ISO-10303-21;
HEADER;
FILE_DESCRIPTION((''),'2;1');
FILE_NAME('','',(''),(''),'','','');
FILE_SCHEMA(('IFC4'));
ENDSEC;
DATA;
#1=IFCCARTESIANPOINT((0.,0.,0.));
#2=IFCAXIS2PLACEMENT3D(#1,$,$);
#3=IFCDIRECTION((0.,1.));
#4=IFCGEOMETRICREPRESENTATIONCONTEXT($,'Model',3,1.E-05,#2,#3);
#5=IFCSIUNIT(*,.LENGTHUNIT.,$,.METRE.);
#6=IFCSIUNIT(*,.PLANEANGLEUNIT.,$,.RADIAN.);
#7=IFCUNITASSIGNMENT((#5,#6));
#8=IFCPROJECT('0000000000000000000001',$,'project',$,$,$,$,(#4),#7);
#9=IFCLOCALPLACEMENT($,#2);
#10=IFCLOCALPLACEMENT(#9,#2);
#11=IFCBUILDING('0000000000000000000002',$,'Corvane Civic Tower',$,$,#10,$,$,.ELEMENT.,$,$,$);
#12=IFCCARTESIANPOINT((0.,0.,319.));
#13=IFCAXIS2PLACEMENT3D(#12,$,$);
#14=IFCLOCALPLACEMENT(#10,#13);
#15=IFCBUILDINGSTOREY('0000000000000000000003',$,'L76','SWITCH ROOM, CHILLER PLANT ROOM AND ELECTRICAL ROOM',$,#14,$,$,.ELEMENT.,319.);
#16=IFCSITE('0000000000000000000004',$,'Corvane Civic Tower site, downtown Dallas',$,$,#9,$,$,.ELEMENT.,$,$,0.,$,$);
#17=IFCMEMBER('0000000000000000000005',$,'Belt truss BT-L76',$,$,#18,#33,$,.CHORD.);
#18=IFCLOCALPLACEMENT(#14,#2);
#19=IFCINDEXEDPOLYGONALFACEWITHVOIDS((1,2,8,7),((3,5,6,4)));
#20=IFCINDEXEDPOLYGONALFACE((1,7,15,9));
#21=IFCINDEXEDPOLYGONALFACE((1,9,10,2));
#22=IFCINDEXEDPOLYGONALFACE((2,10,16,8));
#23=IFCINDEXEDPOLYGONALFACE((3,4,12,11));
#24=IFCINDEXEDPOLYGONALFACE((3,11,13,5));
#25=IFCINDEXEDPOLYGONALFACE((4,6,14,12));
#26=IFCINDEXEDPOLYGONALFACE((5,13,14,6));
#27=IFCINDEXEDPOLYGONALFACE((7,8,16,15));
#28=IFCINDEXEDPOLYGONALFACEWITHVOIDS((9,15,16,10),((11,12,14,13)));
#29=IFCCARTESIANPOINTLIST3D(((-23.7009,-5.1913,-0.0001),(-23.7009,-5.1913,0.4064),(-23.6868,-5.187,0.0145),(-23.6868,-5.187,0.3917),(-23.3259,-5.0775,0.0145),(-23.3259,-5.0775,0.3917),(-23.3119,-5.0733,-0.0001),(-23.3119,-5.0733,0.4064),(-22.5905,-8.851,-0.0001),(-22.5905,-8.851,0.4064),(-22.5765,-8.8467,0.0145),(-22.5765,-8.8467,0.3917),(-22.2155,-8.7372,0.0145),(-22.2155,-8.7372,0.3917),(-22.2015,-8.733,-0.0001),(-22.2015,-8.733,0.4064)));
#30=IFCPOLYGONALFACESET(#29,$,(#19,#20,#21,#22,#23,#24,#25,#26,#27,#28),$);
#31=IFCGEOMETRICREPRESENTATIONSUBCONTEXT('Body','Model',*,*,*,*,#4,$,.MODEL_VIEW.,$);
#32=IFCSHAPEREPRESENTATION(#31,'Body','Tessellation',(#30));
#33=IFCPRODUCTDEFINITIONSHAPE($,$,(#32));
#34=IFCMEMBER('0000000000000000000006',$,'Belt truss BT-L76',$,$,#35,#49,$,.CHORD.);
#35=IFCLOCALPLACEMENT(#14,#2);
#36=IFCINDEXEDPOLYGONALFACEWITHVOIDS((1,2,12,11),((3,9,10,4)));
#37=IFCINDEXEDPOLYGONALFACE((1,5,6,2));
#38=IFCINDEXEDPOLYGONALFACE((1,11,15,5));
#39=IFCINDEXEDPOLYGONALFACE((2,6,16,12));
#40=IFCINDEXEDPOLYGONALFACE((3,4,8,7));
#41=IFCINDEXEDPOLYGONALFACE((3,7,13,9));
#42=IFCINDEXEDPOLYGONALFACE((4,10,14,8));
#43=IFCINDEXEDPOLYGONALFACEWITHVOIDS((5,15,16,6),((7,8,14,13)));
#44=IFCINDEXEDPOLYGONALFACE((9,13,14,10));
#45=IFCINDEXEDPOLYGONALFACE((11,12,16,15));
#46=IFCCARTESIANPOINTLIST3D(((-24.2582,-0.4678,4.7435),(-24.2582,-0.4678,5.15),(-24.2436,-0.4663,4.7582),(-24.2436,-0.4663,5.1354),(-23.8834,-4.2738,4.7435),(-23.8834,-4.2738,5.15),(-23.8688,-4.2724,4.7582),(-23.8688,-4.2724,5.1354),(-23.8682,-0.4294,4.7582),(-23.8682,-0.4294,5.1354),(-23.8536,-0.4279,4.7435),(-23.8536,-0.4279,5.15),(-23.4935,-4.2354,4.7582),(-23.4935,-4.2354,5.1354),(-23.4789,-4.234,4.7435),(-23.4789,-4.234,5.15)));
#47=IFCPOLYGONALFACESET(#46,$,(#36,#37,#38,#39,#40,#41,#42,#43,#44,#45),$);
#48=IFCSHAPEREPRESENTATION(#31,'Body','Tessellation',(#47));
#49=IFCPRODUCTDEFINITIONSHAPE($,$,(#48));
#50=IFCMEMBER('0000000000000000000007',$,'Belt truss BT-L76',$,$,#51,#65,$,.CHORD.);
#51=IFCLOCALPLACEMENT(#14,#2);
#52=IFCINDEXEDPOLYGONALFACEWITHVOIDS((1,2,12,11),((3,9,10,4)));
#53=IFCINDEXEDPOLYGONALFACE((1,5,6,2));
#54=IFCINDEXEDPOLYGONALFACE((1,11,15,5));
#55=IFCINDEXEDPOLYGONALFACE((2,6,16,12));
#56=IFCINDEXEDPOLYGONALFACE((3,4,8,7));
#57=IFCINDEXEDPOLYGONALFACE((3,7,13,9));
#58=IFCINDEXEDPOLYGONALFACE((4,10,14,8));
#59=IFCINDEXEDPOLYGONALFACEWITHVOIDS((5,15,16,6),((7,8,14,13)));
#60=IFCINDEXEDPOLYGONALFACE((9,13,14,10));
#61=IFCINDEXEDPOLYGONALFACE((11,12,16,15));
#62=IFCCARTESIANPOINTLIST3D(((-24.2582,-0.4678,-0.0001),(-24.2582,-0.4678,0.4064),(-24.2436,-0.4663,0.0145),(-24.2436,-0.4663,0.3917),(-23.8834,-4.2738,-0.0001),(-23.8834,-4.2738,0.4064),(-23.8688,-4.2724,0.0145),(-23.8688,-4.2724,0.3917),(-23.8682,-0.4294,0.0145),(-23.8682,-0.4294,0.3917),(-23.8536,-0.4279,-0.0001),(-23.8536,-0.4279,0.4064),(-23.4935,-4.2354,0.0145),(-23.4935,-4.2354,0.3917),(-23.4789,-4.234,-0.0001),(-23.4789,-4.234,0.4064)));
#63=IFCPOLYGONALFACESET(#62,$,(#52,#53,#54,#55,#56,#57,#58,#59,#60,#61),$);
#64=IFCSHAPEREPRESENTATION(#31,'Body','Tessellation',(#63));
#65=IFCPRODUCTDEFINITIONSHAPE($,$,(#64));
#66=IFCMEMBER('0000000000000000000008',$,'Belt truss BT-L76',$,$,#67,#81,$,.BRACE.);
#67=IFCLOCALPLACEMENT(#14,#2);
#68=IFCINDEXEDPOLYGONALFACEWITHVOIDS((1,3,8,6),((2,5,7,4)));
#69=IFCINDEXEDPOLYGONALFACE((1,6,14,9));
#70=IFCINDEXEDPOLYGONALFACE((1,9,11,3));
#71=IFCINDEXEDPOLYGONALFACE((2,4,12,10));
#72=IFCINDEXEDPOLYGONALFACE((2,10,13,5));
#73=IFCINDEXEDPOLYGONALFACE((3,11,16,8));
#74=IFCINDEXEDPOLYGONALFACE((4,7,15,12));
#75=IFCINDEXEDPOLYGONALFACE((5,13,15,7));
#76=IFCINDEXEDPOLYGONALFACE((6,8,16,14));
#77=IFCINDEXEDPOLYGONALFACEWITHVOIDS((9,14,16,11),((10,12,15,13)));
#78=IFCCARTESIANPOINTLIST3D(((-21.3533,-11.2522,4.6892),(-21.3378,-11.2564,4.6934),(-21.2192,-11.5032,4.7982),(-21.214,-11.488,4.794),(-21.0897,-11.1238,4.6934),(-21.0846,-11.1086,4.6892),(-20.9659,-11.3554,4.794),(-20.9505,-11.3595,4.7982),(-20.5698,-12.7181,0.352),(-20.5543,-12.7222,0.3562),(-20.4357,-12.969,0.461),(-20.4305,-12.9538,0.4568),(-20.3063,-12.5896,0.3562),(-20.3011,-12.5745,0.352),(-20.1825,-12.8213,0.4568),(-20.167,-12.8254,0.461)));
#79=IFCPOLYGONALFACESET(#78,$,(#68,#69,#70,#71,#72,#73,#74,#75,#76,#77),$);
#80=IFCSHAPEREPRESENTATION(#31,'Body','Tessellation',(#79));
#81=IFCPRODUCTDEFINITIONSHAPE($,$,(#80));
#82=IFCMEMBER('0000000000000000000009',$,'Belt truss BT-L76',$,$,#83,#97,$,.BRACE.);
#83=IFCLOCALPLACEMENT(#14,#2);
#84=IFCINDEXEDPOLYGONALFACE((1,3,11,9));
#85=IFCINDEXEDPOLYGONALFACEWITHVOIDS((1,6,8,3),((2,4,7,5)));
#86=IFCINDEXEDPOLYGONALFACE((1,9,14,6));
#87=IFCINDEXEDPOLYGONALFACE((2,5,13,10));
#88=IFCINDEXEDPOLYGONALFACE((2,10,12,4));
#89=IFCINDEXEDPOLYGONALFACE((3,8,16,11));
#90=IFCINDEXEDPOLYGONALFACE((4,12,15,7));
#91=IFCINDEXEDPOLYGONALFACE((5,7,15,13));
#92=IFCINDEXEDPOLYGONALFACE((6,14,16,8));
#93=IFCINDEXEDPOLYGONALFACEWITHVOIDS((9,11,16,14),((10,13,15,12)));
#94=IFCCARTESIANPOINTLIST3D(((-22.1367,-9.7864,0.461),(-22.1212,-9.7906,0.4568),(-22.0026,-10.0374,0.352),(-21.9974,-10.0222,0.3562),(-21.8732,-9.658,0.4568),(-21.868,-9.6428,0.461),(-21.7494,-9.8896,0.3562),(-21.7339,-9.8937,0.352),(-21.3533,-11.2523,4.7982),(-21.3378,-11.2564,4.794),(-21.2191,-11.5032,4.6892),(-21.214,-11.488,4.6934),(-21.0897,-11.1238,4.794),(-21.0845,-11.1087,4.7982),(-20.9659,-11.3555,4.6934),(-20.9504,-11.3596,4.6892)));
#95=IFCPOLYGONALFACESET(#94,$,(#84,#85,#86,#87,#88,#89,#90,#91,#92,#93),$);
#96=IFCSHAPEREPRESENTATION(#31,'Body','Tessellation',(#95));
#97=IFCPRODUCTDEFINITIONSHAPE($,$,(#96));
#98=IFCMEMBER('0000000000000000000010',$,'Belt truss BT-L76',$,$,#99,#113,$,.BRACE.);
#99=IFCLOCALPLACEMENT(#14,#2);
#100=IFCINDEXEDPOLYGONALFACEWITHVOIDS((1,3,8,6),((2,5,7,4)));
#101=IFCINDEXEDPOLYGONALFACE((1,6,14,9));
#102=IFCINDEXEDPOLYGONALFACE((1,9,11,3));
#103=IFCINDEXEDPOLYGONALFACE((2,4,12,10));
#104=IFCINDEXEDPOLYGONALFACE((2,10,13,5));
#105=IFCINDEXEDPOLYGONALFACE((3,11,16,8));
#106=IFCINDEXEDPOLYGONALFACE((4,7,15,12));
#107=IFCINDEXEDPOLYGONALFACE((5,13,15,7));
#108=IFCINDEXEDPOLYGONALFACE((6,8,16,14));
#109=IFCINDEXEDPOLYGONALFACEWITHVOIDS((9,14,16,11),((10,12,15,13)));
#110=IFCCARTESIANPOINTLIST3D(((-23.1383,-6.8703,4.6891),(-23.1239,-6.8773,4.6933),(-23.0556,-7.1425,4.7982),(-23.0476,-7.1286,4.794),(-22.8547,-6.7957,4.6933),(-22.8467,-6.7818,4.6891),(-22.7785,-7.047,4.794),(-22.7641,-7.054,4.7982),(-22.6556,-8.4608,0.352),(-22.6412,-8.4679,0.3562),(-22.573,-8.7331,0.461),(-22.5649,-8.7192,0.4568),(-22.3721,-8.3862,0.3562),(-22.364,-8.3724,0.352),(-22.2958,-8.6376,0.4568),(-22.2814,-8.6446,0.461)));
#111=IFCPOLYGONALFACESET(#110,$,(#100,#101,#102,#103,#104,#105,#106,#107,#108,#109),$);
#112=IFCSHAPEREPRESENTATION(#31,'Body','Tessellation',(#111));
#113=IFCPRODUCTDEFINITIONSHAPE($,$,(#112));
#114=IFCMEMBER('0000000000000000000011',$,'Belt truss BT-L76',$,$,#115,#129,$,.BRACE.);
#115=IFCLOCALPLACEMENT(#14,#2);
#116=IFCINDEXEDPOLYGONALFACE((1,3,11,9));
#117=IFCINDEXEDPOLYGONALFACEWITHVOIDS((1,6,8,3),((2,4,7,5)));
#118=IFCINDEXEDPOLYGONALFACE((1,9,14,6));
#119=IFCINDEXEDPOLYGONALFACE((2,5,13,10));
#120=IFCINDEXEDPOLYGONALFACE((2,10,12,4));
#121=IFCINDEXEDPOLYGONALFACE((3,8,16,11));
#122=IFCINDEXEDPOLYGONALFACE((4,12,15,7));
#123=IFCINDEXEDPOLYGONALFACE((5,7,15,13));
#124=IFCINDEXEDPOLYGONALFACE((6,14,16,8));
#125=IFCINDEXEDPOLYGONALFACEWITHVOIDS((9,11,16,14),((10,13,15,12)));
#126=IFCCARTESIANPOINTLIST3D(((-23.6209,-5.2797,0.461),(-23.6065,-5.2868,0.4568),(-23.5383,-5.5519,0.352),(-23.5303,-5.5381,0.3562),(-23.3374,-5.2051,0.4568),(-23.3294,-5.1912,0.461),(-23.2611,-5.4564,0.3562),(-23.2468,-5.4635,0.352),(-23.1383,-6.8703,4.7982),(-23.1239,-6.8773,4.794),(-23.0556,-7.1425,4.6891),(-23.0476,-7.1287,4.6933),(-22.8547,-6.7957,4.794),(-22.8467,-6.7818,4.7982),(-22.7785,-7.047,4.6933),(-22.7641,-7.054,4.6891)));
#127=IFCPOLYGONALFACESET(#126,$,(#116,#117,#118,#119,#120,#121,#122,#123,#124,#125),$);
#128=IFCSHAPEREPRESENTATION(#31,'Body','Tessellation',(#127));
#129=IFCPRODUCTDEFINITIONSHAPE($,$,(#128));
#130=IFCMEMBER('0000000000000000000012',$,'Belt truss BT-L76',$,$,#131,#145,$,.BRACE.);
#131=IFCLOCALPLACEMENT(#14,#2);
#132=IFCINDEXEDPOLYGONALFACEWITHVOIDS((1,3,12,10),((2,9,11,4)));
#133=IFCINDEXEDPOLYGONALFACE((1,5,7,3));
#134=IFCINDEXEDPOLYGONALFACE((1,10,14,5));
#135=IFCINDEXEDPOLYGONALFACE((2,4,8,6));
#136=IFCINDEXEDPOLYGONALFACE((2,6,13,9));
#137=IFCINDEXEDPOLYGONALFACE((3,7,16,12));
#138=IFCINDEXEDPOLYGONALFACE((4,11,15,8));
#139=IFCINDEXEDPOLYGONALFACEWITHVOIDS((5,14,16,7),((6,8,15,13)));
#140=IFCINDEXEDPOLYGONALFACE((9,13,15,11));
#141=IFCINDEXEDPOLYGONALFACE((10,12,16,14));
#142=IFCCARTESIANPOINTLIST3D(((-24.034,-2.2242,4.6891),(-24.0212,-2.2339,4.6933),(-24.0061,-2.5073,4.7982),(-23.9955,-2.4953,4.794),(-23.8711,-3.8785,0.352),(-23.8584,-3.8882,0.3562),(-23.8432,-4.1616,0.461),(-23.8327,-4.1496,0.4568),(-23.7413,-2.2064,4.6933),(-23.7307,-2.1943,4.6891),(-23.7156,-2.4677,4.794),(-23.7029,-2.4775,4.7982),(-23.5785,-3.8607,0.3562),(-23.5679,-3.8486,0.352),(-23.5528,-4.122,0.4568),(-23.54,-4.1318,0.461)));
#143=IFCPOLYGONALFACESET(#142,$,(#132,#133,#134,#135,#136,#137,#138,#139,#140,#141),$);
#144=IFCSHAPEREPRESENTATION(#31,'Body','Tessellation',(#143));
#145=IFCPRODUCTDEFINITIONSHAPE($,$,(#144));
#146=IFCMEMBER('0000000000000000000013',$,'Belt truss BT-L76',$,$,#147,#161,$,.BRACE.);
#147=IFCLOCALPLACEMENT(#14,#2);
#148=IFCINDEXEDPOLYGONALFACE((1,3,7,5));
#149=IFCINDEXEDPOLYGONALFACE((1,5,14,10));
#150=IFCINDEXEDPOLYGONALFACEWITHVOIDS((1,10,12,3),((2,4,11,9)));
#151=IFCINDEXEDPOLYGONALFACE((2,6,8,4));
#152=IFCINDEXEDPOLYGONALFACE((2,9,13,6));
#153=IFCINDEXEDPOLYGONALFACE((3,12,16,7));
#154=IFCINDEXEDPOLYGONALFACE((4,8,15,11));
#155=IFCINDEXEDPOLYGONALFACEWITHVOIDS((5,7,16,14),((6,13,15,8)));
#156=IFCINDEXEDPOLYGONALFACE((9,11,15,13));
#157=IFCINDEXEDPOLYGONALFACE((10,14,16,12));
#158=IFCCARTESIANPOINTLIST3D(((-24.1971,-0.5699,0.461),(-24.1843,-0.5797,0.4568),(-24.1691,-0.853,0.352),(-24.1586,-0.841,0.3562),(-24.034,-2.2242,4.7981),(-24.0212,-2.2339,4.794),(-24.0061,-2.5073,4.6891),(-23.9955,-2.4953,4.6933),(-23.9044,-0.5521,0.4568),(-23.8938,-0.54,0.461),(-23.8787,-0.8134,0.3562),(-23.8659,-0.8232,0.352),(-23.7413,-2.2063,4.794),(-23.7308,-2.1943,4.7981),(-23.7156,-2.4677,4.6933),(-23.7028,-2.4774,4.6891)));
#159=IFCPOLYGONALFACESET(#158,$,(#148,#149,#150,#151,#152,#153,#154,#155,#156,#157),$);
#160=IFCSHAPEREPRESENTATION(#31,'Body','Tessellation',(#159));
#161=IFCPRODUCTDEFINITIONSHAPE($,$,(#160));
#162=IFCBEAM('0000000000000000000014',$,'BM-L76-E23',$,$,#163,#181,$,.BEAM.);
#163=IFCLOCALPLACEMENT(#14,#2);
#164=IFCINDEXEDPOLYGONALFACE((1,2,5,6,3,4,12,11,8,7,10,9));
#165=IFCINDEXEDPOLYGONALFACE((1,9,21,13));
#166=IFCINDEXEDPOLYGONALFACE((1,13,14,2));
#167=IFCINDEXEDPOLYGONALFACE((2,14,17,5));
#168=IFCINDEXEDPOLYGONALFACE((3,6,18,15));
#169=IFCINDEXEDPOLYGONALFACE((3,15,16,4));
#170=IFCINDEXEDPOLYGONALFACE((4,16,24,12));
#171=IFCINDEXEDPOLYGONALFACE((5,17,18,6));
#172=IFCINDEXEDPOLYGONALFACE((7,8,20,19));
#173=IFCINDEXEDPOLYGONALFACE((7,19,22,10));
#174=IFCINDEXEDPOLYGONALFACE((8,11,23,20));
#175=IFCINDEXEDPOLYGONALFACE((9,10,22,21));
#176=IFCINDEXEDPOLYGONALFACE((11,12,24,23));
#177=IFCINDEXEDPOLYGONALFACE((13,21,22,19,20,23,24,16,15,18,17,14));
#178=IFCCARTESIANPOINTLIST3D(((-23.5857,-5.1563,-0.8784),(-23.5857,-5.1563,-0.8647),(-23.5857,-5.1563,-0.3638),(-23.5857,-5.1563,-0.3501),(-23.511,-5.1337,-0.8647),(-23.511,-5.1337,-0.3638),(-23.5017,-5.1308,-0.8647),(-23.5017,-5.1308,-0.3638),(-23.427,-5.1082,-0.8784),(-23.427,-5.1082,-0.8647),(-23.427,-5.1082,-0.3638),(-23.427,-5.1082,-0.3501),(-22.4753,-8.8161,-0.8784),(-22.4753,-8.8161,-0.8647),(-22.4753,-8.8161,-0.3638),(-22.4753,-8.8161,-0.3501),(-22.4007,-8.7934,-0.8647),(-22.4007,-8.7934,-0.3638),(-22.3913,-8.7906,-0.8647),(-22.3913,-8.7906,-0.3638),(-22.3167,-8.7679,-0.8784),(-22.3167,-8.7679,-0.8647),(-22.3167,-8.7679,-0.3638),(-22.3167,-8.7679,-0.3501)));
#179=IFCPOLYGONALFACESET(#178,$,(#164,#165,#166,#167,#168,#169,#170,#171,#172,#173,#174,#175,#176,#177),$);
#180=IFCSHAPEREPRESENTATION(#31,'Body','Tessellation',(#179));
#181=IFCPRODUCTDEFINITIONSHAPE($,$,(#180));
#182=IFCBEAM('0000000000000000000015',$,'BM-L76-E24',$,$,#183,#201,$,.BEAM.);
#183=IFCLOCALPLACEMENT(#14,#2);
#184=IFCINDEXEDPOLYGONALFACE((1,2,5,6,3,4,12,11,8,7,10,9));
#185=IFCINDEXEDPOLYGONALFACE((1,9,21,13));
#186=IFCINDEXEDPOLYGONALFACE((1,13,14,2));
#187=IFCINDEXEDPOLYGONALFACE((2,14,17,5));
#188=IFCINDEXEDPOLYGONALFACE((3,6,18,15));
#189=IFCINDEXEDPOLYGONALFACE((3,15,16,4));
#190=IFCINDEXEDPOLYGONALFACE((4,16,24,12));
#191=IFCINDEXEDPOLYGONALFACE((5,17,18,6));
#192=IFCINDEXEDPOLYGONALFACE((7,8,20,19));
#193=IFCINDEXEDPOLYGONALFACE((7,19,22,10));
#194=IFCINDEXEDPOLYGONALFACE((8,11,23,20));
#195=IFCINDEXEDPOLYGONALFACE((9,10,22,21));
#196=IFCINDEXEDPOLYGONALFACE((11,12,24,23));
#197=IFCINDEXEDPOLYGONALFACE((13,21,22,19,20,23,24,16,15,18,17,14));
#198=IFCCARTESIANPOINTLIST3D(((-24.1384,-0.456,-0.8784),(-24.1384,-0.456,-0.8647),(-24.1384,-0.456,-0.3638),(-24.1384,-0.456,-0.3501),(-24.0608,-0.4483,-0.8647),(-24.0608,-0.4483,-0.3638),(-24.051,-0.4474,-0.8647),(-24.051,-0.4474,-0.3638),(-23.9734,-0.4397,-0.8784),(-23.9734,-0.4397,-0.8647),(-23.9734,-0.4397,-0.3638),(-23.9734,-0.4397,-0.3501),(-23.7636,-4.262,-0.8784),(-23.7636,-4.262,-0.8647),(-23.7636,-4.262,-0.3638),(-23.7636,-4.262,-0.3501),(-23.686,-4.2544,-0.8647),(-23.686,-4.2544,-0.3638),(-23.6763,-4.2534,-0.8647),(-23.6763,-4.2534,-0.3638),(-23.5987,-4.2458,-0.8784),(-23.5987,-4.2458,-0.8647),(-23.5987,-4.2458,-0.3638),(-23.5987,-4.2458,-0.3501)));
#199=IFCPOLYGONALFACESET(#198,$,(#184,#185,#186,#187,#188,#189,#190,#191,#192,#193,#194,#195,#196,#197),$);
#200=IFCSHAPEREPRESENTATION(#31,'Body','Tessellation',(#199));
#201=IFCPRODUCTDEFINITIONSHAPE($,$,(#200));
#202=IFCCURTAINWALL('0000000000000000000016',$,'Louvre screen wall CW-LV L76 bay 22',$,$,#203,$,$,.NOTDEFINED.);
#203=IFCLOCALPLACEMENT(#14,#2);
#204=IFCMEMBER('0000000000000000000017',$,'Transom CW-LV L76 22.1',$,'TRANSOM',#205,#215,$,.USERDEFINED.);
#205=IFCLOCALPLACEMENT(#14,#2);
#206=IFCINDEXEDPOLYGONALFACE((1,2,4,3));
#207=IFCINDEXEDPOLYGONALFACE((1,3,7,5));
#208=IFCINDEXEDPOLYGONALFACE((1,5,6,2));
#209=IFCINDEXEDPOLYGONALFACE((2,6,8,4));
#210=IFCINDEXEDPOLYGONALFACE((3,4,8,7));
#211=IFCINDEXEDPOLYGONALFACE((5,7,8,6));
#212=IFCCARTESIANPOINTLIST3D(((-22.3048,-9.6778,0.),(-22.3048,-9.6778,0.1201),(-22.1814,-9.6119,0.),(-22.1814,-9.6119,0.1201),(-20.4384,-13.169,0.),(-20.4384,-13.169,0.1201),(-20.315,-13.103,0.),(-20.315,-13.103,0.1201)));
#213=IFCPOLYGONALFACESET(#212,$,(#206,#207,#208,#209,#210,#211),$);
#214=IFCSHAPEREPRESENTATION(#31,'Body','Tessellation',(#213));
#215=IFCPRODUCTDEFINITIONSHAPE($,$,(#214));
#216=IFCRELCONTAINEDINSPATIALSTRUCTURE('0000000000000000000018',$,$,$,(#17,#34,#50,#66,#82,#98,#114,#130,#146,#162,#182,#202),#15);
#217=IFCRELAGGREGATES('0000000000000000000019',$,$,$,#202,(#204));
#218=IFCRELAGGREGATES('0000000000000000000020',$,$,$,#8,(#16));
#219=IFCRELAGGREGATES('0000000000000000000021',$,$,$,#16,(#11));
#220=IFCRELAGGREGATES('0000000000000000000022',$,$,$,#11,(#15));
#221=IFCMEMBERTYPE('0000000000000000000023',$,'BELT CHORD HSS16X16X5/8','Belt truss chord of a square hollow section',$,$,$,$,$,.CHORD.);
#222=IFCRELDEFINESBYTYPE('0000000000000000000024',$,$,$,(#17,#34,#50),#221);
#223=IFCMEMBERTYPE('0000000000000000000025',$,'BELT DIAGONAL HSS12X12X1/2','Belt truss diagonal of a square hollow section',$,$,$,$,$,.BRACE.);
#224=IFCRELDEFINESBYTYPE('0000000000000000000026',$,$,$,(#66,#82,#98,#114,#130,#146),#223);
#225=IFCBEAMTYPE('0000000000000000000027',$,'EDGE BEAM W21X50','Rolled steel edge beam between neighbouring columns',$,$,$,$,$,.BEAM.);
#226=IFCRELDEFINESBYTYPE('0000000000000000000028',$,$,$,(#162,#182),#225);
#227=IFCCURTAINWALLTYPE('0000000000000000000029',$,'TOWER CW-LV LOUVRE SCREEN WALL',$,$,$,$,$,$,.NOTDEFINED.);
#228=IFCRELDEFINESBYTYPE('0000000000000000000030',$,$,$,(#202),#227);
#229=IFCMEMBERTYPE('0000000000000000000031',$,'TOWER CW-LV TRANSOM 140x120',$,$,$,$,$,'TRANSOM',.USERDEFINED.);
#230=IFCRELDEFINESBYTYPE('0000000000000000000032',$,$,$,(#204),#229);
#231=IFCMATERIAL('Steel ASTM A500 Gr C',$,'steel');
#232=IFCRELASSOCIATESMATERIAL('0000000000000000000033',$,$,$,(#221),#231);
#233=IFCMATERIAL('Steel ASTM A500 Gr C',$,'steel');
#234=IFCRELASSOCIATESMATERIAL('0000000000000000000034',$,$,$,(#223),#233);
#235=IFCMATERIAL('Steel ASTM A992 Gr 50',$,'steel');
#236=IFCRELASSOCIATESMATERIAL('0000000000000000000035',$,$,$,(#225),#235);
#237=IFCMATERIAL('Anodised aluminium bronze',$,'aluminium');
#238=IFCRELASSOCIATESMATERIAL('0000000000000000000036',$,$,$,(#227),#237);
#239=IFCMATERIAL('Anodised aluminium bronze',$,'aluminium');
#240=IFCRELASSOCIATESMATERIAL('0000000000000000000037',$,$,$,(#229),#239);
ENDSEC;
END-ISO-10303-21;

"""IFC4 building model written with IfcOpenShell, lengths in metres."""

from ifc_helpers import new_model, si_unit, direction, frame, origin, origin_2d, place, context, subcontext, project, spatial, rectangle, hollow_rectangle, i_section, extrude, material, material_profile, profile_set, type_object, element, aggregate, save


model = new_model("IFC4")

# Units and contexts
model_context = context("Model", 3, precision=1e-05, world=origin(), true_north=direction((0.0, 1.0)))
body_context = subcontext(model_context, "Body", "Model", "MODEL_VIEW")
ifc_project = project(units=[si_unit("LENGTHUNIT", "METRE"), si_unit("PLANEANGLEUNIT", "RADIAN")], contexts=[model_context])

# Site, building, storey
site_placement = place(None, origin())
site = spatial("IfcSite", under=ifc_project, at=site_placement, Name="Corvane Civic Tower site, downtown Dallas", CompositionType="ELEMENT", RefElevation=0.0)
building_placement = place(site_placement, origin())
building = spatial("IfcBuilding", under=site, at=building_placement, Name="Corvane Civic Tower", CompositionType="ELEMENT")
storey_placement = place(building_placement, frame((0.0, 0.0, 319.0)))
storey = spatial("IfcBuildingStorey", under=building, at=storey_placement, Name="L76", Description="SWITCH ROOM, CHILLER PLANT ROOM AND ELECTRICAL ROOM", CompositionType="ELEMENT", Elevation=319.0)

# Members
ifc_material_1 = material(Name="Steel ASTM A500 Gr C", Category="steel")
ifc_material_profile_1 = material_profile(ifc_material_1, hollow_rectangle(XDim=0.4065, YDim=0.4065, WallThickness=0.0146, at=origin_2d()), Name="HSS16X16X5/8")
ifc_profile_set_1 = profile_set([ifc_material_profile_1], Name="Steel ASTM A500 Gr C")
member_type_1 = type_object("IfcMemberType", Name="BELT CHORD HSS16X16X5/8", Description="Belt truss chord of a square hollow section", PredefinedType="CHORD", material=ifc_profile_set_1)
for number, where, z_axis, x_axis, name in (
    (1, (-22.396, -8.792, 0.2031), (-0.290333, 0.956926, 0.0), (-0.956926, -0.290333, 0.0), "Belt truss BT-L76"),
    (2, (-23.6812, -4.2539, 4.9468), (-0.097987, 0.995188, 0.0), (-0.995188, -0.097987, 0.0), "Belt truss BT-L76"),
    (3, (-23.6812, -4.2539, 0.2031), (-0.097987, 0.995188, 0.0), (-0.995188, -0.097987, 0.0), "Belt truss BT-L76"),
):
    element("IfcMember", number, at=place(storey_placement, frame(where, z_axis=z_axis, x_axis=x_axis)), inside=storey, type_object=member_type_1, Name=name, PredefinedType="CHORD", context=body_context, shape_type="SweptSolid", body=[
        extrude(hollow_rectangle(XDim=0.4065, YDim=0.4065, WallThickness=0.0146, at=origin_2d()), origin(), (0.0, 0.0, 1.0), 3.8245),
    ])
ifc_material_2 = material(Name="Steel ASTM A500 Gr C", Category="steel")
ifc_material_profile_2 = material_profile(ifc_material_2, hollow_rectangle(XDim=0.3047, YDim=0.3047, WallThickness=0.0117, at=origin_2d()), Name="HSS12X12X1/2")
ifc_profile_set_2 = profile_set([ifc_material_profile_2], Name="Steel ASTM A500 Gr C")
member_type_2 = type_object("IfcMemberType", Name="BELT DIAGONAL HSS12X12X1/2", Description="Belt truss diagonal of a square hollow section", PredefinedType="BRACE", material=ifc_profile_set_2)
for number, where, z_axis, x_axis, name in (
    (4, (-20.3684, -12.7717, 0.4065), (-0.168675, 0.315589, 0.933784), (-0.881934, -0.471373, 0.0), "Belt truss BT-L76"),
    (5, (-21.9353, -9.8401, 0.4065), (0.168675, -0.315589, 0.933784), (0.881934, 0.471373, 0.0), "Belt truss BT-L76"),
    (6, (-22.4685, -8.5527, 0.4065), (-0.103916, 0.342445, 0.933773), (-0.956912, -0.290378, 0.0), "Belt truss BT-L76"),
    (7, (-23.4338, -5.3716, 0.4065), (0.103916, -0.342445, 0.933773), (0.956912, 0.290378, 0.0), "Belt truss BT-L76"),
    (8, (-23.7056, -4.0051, 0.4065), (-0.035059, 0.356161, 0.933767), (-0.99519, -0.097962, 0.0), "Belt truss BT-L76"),
    (9, (-24.0315, -0.6965, 0.4065), (0.035111, -0.35616, 0.933765), (0.995176, 0.098108, 0.0), "Belt truss BT-L76"),
):
    element("IfcMember", number, at=place(storey_placement, frame(where, z_axis=z_axis, x_axis=x_axis)), inside=storey, type_object=member_type_2, Name=name, PredefinedType="BRACE", context=body_context, shape_type="SweptSolid", body=[
        extrude(hollow_rectangle(XDim=0.3047, YDim=0.3047, WallThickness=0.0117, at=origin_2d()), origin(), (0.0, 0.0, 1.0), 4.6448),
    ])

# Beams
ifc_material_3 = material(Name="Steel ASTM A992 Gr 50", Category="steel")
ifc_material_profile_3 = material_profile(ifc_material_3, i_section(OverallWidth=0.1658, OverallDepth=0.5283, WebThickness=0.0098, FlangeThickness=0.0137, at=origin_2d()), Name="W21X50")
ifc_profile_set_3 = profile_set([ifc_material_profile_3], Name="Steel ASTM A992 Gr 50")
beam_type = type_object("IfcBeamType", Name="EDGE BEAM W21X50", Description="Rolled steel edge beam between neighbouring columns", PredefinedType="BEAM", material=ifc_profile_set_3)
for number, where, z_axis, x_axis, name in (
    (10, (-22.396, -8.792, -0.6143), (-0.290333, 0.956926, 0.0), (-0.956926, -0.290333, 0.0), "BM-L76-E23"),
    (11, (-23.6812, -4.2539, -0.6143), (-0.097987, 0.995188, 0.0), (-0.995188, -0.097987, 0.0), "BM-L76-E24"),
):
    element("IfcBeam", number, at=place(storey_placement, frame(where, z_axis=z_axis, x_axis=x_axis)), inside=storey, type_object=beam_type, Name=name, PredefinedType="BEAM", context=body_context, shape_type="SweptSolid", body=[
        extrude(i_section(OverallWidth=0.1658, OverallDepth=0.5283, WebThickness=0.0098, FlangeThickness=0.0137, at=origin_2d()), origin(), (0.0, 0.0, 1.0), 3.8245),
    ])

# Curtain wall, member
ifc_material_4 = material(Name="Anodised aluminium bronze", Category="aluminium")
curtain_wall_type = type_object("IfcCurtainWallType", Name="TOWER CW-LV LOUVRE SCREEN WALL", PredefinedType="NOTDEFINED", material=ifc_material_4)
curtain_wall_1_placement = place(storey_placement, origin())
curtain_wall_1 = element("IfcCurtainWall", 12, at=curtain_wall_1_placement, inside=storey, type_object=curtain_wall_type, Name="Louvre screen wall CW-LV L76 bay 22", PredefinedType="NOTDEFINED")
ifc_material_5 = material(Name="Anodised aluminium bronze", Category="aluminium")
ifc_material_profile_4 = material_profile(ifc_material_5, rectangle(XDim=0.1399, YDim=0.1201, at=origin_2d()), Name="TOWER CW-LV TRANSOM 140x120")
ifc_profile_set_4 = profile_set([ifc_material_profile_4], Name="Anodised aluminium bronze")
member_type_3 = type_object("IfcMemberType", Name="TOWER CW-LV TRANSOM 140x120", ElementType="TRANSOM", PredefinedType="USERDEFINED", material=ifc_profile_set_4)
member_1_placement = place(storey_placement, frame((-20.3767, -13.136, 0.0601), z_axis=(-0.471468, 0.881883, 0.0), x_axis=(-0.881883, -0.471468, 0.0)))
member_1 = element("IfcMember", 13, at=member_1_placement, type_object=member_type_3, Name="Transom CW-LV L76 22.1", ObjectType="TRANSOM", PredefinedType="USERDEFINED", context=body_context, shape_type="SweptSolid", body=[
    extrude(rectangle(XDim=0.1399, YDim=0.1201, at=origin_2d()), origin(), (0.0, 0.0, 1.0), 3.9587),
])

aggregate(curtain_wall_1, [member_1])

save(model, "model.ifc")
